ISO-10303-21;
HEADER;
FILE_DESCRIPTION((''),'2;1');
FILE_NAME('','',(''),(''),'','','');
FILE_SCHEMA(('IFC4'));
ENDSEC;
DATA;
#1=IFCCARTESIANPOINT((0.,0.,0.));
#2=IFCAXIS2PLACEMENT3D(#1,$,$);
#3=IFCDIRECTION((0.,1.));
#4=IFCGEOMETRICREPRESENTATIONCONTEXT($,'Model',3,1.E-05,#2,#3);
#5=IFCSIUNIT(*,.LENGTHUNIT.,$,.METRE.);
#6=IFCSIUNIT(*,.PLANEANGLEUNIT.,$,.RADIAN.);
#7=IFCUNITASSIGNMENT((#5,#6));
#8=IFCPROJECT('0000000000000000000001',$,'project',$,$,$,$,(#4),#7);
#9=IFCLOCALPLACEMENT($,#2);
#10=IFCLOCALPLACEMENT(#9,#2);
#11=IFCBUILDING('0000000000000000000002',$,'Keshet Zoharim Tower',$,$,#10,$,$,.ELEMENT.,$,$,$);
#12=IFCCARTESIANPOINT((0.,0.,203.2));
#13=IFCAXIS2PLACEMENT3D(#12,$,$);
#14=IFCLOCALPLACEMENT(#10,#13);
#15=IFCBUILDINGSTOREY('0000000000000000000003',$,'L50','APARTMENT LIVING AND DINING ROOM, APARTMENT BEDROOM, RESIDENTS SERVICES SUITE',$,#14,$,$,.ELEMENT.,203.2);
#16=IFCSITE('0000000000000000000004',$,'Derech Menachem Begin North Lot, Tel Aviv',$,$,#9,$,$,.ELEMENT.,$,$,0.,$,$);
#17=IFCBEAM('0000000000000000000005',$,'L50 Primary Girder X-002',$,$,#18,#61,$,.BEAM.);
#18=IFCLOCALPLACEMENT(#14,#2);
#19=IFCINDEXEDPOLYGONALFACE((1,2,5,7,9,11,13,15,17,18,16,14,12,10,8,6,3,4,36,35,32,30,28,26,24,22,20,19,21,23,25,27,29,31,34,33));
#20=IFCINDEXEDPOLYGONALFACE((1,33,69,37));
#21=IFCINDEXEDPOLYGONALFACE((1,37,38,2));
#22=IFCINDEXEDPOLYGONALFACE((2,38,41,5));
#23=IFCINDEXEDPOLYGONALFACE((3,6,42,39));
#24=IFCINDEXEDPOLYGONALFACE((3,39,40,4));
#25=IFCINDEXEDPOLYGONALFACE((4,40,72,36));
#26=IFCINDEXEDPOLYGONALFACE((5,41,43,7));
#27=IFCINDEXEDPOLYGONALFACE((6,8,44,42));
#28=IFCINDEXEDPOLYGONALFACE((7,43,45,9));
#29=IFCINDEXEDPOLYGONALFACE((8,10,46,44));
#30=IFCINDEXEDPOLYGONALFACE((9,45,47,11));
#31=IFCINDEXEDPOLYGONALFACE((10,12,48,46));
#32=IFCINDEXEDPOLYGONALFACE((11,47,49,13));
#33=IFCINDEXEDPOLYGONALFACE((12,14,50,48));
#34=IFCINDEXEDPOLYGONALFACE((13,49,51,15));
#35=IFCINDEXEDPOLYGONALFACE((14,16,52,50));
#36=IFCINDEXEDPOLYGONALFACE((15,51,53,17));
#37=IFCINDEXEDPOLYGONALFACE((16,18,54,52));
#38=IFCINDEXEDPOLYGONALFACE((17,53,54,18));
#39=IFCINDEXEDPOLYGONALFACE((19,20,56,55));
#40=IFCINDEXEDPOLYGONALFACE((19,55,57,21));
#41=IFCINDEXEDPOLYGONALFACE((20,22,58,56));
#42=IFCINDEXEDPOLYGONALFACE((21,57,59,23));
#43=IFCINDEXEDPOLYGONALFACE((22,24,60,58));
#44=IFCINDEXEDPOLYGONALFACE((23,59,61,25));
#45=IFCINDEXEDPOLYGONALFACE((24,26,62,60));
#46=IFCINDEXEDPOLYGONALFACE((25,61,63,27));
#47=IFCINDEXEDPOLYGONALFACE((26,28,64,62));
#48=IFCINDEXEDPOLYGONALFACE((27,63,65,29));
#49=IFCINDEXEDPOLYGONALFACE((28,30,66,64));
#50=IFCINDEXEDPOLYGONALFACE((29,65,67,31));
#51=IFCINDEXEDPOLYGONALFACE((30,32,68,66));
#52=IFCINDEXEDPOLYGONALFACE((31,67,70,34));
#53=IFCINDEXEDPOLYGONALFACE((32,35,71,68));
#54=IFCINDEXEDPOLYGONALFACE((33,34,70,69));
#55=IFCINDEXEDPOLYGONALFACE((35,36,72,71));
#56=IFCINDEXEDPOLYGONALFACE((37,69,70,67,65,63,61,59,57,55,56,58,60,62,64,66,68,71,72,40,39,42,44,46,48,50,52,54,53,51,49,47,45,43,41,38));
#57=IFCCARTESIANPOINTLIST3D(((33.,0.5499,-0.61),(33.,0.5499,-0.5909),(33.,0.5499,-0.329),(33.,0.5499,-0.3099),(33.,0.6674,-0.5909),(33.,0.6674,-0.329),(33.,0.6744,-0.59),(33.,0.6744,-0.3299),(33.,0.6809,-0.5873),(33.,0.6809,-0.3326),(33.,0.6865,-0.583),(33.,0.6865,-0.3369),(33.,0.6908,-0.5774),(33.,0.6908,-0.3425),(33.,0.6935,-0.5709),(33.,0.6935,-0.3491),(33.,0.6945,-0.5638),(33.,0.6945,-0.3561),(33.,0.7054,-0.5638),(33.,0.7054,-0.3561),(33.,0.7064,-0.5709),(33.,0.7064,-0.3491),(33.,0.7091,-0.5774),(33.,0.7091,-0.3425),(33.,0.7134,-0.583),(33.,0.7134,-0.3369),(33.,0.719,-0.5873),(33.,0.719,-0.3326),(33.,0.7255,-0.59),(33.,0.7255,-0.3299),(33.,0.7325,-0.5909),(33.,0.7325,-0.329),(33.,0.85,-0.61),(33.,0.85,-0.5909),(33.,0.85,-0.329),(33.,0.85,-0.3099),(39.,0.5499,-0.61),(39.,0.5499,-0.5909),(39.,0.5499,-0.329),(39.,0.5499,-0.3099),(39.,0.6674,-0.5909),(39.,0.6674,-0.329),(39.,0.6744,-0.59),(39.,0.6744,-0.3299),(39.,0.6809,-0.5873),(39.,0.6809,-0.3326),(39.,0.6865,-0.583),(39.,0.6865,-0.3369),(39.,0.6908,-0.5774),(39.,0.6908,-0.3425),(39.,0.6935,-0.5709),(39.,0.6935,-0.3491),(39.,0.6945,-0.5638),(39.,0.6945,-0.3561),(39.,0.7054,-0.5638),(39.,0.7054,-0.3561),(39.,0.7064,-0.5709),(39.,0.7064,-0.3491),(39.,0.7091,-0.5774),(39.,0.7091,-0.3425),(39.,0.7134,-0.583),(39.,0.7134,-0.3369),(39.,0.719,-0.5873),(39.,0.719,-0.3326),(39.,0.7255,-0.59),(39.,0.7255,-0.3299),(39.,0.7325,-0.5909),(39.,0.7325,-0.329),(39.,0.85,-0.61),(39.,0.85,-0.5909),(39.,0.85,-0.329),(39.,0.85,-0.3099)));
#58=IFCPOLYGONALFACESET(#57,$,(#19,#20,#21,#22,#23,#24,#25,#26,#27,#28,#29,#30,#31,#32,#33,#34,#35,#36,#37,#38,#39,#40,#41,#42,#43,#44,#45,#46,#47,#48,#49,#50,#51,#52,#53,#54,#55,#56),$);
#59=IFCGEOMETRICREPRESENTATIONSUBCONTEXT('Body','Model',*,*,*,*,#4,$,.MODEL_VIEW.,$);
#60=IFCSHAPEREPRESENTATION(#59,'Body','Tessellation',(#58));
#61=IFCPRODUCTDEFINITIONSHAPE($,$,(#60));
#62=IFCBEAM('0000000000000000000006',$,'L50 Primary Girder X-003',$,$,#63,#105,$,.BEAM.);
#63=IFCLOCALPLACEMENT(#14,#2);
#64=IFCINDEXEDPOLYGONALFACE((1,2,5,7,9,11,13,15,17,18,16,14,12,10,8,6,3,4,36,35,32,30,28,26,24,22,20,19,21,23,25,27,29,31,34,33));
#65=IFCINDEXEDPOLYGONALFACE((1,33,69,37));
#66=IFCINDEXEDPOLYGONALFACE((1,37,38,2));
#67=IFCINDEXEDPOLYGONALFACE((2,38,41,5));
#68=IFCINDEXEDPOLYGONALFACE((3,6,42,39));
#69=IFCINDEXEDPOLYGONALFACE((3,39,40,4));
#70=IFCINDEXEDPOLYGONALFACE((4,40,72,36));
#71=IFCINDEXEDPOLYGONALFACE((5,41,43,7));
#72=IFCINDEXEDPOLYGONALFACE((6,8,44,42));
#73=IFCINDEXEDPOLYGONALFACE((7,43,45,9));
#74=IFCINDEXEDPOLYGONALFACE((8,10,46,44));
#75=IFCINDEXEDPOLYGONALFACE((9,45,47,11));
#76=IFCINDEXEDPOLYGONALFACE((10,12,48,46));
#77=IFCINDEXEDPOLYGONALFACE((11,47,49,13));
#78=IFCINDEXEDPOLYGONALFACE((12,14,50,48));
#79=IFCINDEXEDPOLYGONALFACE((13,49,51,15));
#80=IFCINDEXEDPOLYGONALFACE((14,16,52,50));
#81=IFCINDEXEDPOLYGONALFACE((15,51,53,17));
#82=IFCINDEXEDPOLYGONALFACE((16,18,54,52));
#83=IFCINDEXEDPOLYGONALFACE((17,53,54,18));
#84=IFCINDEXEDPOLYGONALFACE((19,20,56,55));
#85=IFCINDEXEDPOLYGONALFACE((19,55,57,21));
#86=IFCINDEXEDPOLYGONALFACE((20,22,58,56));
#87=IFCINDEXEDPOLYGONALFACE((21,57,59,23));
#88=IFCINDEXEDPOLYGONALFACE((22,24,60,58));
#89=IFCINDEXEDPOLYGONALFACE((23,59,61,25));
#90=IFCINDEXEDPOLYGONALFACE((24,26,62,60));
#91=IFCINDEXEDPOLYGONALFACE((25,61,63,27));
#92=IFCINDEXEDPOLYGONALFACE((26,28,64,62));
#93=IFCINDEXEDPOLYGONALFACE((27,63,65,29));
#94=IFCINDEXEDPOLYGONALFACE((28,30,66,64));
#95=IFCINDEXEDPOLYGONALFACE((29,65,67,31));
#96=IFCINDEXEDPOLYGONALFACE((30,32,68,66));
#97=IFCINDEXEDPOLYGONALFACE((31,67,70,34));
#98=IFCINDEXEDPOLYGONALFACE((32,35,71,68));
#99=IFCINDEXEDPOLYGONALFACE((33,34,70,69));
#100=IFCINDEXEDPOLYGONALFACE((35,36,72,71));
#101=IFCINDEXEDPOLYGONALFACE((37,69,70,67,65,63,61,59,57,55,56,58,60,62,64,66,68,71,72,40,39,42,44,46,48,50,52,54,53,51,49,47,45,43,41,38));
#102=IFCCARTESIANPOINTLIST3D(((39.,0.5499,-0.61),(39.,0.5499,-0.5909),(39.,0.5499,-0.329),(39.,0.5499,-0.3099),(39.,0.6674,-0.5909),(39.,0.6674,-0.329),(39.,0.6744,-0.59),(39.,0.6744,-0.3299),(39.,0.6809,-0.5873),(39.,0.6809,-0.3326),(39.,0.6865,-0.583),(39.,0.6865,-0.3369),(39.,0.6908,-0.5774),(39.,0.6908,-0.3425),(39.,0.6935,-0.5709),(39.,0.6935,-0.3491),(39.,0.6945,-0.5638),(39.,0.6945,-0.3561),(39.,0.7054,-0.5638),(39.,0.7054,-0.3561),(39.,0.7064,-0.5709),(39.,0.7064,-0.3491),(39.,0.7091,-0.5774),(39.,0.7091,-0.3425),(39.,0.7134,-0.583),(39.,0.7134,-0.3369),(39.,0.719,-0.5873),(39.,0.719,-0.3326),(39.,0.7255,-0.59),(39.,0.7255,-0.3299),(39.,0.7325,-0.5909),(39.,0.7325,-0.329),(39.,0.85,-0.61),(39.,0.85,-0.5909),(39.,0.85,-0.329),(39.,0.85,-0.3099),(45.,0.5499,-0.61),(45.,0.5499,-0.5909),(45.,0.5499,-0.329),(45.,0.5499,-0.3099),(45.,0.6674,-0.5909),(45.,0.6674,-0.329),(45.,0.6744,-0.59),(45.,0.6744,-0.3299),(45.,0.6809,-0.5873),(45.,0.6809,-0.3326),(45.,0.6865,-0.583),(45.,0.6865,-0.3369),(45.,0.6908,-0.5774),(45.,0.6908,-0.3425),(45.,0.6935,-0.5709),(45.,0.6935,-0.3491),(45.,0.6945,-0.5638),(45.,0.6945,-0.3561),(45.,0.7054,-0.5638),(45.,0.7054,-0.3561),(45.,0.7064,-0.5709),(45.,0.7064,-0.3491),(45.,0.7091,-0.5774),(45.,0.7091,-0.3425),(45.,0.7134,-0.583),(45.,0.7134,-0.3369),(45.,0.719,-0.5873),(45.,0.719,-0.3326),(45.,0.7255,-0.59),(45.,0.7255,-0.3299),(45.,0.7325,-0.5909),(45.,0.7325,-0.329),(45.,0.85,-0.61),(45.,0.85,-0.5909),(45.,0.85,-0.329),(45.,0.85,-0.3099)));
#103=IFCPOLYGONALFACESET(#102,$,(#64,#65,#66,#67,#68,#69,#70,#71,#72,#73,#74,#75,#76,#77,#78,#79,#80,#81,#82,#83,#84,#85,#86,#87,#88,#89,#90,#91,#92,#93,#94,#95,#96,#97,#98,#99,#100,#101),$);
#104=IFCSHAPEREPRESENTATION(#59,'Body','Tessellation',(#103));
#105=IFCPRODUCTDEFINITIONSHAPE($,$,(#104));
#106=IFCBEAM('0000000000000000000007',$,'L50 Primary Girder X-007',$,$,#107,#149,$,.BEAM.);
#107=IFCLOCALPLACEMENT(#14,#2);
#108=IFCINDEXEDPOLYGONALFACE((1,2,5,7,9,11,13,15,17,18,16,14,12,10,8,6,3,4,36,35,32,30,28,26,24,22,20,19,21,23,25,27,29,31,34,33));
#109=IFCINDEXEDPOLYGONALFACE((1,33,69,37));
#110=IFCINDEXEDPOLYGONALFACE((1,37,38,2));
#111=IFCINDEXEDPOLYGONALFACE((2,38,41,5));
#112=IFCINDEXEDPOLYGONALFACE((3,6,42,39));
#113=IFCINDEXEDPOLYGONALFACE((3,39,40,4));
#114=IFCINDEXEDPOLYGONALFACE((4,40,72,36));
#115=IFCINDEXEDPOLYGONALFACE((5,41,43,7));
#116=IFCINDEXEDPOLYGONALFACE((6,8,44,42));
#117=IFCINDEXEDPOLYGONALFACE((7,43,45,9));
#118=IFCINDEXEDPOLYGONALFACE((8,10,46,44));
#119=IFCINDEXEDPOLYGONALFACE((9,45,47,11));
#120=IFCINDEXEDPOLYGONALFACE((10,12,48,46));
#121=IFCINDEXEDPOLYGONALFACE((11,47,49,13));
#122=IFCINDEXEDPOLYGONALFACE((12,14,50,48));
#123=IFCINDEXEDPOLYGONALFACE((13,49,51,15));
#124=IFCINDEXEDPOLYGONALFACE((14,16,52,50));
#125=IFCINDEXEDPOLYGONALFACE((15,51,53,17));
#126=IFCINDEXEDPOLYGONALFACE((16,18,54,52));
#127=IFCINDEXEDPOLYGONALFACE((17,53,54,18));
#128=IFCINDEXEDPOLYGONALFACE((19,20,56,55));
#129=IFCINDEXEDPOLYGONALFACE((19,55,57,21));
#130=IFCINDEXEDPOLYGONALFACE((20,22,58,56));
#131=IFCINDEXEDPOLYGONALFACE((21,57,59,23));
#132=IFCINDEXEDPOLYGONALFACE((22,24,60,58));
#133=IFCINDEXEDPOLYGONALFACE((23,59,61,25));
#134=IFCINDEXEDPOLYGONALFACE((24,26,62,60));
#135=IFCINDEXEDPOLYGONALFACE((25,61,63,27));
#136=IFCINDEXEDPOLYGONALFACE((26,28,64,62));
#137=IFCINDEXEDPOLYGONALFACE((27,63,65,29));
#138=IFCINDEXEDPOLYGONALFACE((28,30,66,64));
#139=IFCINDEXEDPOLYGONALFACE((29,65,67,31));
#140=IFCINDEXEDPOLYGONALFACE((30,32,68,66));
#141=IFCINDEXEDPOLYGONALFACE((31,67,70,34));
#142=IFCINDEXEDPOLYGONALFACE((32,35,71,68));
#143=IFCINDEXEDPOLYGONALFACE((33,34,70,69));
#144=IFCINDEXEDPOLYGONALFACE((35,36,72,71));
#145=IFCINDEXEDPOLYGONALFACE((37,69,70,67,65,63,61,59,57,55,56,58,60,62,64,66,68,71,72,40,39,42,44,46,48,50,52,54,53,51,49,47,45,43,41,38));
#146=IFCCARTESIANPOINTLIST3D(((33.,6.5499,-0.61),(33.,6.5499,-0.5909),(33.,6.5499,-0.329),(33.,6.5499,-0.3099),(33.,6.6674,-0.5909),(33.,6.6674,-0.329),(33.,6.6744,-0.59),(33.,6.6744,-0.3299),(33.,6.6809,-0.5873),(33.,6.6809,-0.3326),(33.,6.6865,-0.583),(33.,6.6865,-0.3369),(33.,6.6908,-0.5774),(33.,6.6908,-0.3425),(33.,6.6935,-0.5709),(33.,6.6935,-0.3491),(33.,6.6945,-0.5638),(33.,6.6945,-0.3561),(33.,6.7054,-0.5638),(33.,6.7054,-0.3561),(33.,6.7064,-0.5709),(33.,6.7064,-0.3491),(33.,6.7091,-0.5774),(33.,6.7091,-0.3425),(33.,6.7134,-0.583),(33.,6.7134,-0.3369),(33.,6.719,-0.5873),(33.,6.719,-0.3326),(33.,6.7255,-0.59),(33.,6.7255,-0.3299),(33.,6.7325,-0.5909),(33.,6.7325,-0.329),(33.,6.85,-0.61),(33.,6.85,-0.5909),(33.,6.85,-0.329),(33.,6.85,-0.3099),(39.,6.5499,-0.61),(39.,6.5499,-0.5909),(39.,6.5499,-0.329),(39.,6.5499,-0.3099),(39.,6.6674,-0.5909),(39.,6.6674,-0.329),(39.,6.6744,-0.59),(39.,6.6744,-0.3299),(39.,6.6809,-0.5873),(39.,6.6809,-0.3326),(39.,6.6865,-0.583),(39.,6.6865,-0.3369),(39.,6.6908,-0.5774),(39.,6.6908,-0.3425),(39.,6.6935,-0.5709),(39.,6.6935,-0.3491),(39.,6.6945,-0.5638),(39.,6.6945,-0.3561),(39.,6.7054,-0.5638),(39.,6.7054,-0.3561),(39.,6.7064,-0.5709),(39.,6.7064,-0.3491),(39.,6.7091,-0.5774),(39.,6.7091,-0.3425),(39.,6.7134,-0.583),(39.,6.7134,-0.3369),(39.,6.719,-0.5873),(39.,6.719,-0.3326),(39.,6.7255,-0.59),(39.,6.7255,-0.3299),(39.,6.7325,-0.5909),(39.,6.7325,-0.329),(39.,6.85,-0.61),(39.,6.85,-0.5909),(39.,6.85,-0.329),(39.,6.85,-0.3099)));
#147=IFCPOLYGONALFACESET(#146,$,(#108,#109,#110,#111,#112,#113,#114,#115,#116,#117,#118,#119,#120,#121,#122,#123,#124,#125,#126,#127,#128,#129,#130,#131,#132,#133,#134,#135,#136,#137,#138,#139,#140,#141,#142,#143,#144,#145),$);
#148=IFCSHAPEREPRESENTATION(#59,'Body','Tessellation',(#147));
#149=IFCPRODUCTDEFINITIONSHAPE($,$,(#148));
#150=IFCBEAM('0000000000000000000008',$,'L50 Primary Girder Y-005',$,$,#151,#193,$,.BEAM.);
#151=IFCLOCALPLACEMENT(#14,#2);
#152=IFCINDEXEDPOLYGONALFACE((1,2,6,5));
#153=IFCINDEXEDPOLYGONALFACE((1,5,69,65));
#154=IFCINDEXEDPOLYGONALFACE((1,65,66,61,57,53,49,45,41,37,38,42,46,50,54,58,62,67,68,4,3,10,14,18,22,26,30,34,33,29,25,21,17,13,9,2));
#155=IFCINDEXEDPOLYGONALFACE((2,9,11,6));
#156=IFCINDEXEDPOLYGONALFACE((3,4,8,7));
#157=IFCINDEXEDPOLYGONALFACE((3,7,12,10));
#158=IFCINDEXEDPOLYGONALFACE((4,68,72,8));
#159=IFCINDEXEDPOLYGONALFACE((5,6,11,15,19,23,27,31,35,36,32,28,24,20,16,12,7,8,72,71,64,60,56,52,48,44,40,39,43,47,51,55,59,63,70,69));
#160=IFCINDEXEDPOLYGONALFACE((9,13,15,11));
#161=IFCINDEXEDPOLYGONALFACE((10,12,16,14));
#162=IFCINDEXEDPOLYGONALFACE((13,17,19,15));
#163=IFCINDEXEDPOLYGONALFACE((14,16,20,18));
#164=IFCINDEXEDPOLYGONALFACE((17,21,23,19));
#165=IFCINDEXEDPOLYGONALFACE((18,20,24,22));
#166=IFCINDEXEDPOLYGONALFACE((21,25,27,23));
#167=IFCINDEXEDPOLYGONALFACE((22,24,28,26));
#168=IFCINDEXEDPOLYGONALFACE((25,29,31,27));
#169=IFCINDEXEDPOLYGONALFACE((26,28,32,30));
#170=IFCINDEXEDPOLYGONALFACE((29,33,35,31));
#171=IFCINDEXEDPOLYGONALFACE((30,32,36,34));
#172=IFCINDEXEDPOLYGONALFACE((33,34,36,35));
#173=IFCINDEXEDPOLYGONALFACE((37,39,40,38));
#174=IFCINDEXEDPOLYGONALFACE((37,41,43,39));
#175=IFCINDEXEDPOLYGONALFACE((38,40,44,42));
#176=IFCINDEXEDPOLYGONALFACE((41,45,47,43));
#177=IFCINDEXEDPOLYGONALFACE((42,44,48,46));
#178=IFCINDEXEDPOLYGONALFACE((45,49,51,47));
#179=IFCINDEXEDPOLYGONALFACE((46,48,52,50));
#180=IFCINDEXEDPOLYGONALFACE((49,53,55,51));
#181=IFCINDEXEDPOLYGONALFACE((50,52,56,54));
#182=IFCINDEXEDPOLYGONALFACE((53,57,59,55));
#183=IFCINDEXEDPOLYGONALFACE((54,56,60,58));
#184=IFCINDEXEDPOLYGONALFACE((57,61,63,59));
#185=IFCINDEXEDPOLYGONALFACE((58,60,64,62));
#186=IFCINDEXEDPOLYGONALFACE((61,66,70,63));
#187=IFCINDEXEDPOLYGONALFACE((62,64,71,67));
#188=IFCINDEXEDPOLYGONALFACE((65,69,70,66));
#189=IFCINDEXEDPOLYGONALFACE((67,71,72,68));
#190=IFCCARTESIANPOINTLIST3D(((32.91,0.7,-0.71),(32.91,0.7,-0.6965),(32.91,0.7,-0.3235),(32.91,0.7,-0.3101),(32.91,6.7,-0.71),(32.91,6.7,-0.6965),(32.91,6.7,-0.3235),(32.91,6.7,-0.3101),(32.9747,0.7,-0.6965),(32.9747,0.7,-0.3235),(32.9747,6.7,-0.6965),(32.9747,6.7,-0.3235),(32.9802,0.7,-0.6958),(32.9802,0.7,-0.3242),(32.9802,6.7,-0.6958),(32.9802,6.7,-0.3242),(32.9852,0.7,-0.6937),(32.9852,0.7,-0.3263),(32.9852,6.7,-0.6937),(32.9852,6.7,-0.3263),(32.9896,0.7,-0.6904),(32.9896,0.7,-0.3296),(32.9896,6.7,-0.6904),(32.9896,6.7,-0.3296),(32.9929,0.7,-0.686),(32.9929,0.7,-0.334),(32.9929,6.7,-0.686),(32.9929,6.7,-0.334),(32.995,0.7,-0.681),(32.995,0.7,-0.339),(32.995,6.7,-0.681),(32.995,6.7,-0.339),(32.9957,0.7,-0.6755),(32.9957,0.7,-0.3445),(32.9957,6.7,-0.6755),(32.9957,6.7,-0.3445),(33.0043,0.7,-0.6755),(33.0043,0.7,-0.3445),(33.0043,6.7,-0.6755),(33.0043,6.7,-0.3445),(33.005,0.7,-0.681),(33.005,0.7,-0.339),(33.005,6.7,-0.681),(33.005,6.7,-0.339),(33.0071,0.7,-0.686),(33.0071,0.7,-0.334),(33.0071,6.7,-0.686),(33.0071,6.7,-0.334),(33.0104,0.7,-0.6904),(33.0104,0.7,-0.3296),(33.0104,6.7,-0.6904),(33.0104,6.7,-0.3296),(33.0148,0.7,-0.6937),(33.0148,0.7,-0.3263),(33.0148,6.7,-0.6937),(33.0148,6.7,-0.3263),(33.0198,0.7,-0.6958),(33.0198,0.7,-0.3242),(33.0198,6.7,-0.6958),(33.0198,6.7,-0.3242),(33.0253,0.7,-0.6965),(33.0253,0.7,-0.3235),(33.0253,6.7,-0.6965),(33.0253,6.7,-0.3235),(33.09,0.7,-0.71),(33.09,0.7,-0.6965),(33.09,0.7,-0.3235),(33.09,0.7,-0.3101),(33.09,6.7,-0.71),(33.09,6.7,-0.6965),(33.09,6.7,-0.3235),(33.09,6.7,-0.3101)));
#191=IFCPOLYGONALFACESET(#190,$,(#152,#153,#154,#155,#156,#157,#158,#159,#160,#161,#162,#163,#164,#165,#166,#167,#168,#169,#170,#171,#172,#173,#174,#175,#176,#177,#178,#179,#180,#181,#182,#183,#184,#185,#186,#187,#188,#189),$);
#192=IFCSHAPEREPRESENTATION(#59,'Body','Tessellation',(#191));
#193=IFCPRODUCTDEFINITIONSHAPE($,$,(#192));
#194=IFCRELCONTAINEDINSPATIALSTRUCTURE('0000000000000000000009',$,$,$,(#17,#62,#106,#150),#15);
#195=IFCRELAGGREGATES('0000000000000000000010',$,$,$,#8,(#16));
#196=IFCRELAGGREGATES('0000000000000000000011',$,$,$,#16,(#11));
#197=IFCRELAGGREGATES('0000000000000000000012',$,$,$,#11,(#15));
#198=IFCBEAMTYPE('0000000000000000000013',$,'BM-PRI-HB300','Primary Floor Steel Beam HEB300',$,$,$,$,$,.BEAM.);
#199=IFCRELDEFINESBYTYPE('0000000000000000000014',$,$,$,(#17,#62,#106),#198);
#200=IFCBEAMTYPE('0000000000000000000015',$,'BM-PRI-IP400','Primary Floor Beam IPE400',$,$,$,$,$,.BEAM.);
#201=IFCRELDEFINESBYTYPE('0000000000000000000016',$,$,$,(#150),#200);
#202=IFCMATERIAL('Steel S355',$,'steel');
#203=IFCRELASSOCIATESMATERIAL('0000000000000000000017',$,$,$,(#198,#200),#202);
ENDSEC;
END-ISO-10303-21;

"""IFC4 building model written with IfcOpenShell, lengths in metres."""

from ifc_helpers import new_model, si_unit, direction, frame, origin, origin_2d, place, context, subcontext, project, spatial, i_section, extrude, material, material_profile, profile_set, type_object, element, save


model = new_model("IFC4")

# Units and contexts
model_context = context("Model", 3, precision=1e-05, world=origin(), true_north=direction((0.0, 1.0)))
body_context = subcontext(model_context, "Body", "Model", "MODEL_VIEW")
ifc_project = project(units=[si_unit("LENGTHUNIT", "METRE"), si_unit("PLANEANGLEUNIT", "RADIAN")], contexts=[model_context])

# Site, building, storey
site_placement = place(None, origin())
site = spatial("IfcSite", under=ifc_project, at=site_placement, Name="Derech Menachem Begin North Lot, Tel Aviv", CompositionType="ELEMENT", RefElevation=0.0)
building_placement = place(site_placement, origin())
building = spatial("IfcBuilding", under=site, at=building_placement, Name="Keshet Zoharim Tower", CompositionType="ELEMENT")
storey_placement = place(building_placement, frame((0.0, 0.0, 203.2)))
storey = spatial("IfcBuildingStorey", under=building, at=storey_placement, Name="L50", Description="APARTMENT LIVING AND DINING ROOM, APARTMENT BEDROOM, RESIDENTS SERVICES SUITE", CompositionType="ELEMENT", Elevation=203.2)

# Shared definitions
ifc_material_1 = material(Name="Steel S355", Category="steel")

# Beams
ifc_material_profile_1 = material_profile(ifc_material_1, i_section(OverallWidth=0.3, OverallDepth=0.3, WebThickness=0.011, FlangeThickness=0.019, FilletRadius=0.0271, at=origin_2d()), Name="HEB300")
ifc_profile_set_1 = profile_set([ifc_material_profile_1], Name="Steel S355")
beam_type_1 = type_object("IfcBeamType", Name="BM-PRI-HB300", Description="Primary Floor Steel Beam HEB300", PredefinedType="BEAM", material=ifc_profile_set_1)
for number, where, z_axis, x_axis, name in (
    (1, (33.0, 0.7, -0.46), (1.0, 0.0, 0.0), (0.0, 1.0, 0.0), "L50 Primary Girder X-002"),
    (2, (39.0, 0.7, -0.46), (1.0, 0.0, 0.0), (0.0, 1.0, 0.0), "L50 Primary Girder X-003"),
    (3, (33.0, 6.7, -0.46), (1.0, 0.0, 0.0), (0.0, 1.0, 0.0), "L50 Primary Girder X-007"),
):
    element("IfcBeam", number, at=place(storey_placement, frame(where, z_axis=z_axis, x_axis=x_axis)), inside=storey, type_object=beam_type_1, Name=name, PredefinedType="BEAM", context=body_context, shape_type="SweptSolid", body=[
        extrude(i_section(OverallWidth=0.3, OverallDepth=0.3, WebThickness=0.011, FlangeThickness=0.019, FilletRadius=0.0271, at=origin_2d()), origin(), (0.0, 0.0, 1.0), 6.0),
    ])
ifc_material_profile_2 = material_profile(ifc_material_1, i_section(OverallWidth=0.1799, OverallDepth=0.3999, WebThickness=0.0085, FlangeThickness=0.0134, FilletRadius=0.021, at=origin_2d()), Name="IPE400")
ifc_profile_set_2 = profile_set([ifc_material_profile_2], Name="Steel S355")
beam_type_2 = type_object("IfcBeamType", Name="BM-PRI-IP400", Description="Primary Floor Beam IPE400", PredefinedType="BEAM", material=ifc_profile_set_2)
for number, where, z_axis, x_axis, name in (
    (4, (33.0, 0.7, -0.51), (0.0, 1.0, 0.0), (-1.0, 0.0, 0.0), "L50 Primary Girder Y-005"),
):
    element("IfcBeam", number, at=place(storey_placement, frame(where, z_axis=z_axis, x_axis=x_axis)), inside=storey, type_object=beam_type_2, Name=name, PredefinedType="BEAM", context=body_context, shape_type="SweptSolid", body=[
        extrude(i_section(OverallWidth=0.1799, OverallDepth=0.3999, WebThickness=0.0085, FlangeThickness=0.0134, FilletRadius=0.021, at=origin_2d()), origin(), (0.0, 0.0, 1.0), 6.0),
    ])

save(model, "model.ifc")
